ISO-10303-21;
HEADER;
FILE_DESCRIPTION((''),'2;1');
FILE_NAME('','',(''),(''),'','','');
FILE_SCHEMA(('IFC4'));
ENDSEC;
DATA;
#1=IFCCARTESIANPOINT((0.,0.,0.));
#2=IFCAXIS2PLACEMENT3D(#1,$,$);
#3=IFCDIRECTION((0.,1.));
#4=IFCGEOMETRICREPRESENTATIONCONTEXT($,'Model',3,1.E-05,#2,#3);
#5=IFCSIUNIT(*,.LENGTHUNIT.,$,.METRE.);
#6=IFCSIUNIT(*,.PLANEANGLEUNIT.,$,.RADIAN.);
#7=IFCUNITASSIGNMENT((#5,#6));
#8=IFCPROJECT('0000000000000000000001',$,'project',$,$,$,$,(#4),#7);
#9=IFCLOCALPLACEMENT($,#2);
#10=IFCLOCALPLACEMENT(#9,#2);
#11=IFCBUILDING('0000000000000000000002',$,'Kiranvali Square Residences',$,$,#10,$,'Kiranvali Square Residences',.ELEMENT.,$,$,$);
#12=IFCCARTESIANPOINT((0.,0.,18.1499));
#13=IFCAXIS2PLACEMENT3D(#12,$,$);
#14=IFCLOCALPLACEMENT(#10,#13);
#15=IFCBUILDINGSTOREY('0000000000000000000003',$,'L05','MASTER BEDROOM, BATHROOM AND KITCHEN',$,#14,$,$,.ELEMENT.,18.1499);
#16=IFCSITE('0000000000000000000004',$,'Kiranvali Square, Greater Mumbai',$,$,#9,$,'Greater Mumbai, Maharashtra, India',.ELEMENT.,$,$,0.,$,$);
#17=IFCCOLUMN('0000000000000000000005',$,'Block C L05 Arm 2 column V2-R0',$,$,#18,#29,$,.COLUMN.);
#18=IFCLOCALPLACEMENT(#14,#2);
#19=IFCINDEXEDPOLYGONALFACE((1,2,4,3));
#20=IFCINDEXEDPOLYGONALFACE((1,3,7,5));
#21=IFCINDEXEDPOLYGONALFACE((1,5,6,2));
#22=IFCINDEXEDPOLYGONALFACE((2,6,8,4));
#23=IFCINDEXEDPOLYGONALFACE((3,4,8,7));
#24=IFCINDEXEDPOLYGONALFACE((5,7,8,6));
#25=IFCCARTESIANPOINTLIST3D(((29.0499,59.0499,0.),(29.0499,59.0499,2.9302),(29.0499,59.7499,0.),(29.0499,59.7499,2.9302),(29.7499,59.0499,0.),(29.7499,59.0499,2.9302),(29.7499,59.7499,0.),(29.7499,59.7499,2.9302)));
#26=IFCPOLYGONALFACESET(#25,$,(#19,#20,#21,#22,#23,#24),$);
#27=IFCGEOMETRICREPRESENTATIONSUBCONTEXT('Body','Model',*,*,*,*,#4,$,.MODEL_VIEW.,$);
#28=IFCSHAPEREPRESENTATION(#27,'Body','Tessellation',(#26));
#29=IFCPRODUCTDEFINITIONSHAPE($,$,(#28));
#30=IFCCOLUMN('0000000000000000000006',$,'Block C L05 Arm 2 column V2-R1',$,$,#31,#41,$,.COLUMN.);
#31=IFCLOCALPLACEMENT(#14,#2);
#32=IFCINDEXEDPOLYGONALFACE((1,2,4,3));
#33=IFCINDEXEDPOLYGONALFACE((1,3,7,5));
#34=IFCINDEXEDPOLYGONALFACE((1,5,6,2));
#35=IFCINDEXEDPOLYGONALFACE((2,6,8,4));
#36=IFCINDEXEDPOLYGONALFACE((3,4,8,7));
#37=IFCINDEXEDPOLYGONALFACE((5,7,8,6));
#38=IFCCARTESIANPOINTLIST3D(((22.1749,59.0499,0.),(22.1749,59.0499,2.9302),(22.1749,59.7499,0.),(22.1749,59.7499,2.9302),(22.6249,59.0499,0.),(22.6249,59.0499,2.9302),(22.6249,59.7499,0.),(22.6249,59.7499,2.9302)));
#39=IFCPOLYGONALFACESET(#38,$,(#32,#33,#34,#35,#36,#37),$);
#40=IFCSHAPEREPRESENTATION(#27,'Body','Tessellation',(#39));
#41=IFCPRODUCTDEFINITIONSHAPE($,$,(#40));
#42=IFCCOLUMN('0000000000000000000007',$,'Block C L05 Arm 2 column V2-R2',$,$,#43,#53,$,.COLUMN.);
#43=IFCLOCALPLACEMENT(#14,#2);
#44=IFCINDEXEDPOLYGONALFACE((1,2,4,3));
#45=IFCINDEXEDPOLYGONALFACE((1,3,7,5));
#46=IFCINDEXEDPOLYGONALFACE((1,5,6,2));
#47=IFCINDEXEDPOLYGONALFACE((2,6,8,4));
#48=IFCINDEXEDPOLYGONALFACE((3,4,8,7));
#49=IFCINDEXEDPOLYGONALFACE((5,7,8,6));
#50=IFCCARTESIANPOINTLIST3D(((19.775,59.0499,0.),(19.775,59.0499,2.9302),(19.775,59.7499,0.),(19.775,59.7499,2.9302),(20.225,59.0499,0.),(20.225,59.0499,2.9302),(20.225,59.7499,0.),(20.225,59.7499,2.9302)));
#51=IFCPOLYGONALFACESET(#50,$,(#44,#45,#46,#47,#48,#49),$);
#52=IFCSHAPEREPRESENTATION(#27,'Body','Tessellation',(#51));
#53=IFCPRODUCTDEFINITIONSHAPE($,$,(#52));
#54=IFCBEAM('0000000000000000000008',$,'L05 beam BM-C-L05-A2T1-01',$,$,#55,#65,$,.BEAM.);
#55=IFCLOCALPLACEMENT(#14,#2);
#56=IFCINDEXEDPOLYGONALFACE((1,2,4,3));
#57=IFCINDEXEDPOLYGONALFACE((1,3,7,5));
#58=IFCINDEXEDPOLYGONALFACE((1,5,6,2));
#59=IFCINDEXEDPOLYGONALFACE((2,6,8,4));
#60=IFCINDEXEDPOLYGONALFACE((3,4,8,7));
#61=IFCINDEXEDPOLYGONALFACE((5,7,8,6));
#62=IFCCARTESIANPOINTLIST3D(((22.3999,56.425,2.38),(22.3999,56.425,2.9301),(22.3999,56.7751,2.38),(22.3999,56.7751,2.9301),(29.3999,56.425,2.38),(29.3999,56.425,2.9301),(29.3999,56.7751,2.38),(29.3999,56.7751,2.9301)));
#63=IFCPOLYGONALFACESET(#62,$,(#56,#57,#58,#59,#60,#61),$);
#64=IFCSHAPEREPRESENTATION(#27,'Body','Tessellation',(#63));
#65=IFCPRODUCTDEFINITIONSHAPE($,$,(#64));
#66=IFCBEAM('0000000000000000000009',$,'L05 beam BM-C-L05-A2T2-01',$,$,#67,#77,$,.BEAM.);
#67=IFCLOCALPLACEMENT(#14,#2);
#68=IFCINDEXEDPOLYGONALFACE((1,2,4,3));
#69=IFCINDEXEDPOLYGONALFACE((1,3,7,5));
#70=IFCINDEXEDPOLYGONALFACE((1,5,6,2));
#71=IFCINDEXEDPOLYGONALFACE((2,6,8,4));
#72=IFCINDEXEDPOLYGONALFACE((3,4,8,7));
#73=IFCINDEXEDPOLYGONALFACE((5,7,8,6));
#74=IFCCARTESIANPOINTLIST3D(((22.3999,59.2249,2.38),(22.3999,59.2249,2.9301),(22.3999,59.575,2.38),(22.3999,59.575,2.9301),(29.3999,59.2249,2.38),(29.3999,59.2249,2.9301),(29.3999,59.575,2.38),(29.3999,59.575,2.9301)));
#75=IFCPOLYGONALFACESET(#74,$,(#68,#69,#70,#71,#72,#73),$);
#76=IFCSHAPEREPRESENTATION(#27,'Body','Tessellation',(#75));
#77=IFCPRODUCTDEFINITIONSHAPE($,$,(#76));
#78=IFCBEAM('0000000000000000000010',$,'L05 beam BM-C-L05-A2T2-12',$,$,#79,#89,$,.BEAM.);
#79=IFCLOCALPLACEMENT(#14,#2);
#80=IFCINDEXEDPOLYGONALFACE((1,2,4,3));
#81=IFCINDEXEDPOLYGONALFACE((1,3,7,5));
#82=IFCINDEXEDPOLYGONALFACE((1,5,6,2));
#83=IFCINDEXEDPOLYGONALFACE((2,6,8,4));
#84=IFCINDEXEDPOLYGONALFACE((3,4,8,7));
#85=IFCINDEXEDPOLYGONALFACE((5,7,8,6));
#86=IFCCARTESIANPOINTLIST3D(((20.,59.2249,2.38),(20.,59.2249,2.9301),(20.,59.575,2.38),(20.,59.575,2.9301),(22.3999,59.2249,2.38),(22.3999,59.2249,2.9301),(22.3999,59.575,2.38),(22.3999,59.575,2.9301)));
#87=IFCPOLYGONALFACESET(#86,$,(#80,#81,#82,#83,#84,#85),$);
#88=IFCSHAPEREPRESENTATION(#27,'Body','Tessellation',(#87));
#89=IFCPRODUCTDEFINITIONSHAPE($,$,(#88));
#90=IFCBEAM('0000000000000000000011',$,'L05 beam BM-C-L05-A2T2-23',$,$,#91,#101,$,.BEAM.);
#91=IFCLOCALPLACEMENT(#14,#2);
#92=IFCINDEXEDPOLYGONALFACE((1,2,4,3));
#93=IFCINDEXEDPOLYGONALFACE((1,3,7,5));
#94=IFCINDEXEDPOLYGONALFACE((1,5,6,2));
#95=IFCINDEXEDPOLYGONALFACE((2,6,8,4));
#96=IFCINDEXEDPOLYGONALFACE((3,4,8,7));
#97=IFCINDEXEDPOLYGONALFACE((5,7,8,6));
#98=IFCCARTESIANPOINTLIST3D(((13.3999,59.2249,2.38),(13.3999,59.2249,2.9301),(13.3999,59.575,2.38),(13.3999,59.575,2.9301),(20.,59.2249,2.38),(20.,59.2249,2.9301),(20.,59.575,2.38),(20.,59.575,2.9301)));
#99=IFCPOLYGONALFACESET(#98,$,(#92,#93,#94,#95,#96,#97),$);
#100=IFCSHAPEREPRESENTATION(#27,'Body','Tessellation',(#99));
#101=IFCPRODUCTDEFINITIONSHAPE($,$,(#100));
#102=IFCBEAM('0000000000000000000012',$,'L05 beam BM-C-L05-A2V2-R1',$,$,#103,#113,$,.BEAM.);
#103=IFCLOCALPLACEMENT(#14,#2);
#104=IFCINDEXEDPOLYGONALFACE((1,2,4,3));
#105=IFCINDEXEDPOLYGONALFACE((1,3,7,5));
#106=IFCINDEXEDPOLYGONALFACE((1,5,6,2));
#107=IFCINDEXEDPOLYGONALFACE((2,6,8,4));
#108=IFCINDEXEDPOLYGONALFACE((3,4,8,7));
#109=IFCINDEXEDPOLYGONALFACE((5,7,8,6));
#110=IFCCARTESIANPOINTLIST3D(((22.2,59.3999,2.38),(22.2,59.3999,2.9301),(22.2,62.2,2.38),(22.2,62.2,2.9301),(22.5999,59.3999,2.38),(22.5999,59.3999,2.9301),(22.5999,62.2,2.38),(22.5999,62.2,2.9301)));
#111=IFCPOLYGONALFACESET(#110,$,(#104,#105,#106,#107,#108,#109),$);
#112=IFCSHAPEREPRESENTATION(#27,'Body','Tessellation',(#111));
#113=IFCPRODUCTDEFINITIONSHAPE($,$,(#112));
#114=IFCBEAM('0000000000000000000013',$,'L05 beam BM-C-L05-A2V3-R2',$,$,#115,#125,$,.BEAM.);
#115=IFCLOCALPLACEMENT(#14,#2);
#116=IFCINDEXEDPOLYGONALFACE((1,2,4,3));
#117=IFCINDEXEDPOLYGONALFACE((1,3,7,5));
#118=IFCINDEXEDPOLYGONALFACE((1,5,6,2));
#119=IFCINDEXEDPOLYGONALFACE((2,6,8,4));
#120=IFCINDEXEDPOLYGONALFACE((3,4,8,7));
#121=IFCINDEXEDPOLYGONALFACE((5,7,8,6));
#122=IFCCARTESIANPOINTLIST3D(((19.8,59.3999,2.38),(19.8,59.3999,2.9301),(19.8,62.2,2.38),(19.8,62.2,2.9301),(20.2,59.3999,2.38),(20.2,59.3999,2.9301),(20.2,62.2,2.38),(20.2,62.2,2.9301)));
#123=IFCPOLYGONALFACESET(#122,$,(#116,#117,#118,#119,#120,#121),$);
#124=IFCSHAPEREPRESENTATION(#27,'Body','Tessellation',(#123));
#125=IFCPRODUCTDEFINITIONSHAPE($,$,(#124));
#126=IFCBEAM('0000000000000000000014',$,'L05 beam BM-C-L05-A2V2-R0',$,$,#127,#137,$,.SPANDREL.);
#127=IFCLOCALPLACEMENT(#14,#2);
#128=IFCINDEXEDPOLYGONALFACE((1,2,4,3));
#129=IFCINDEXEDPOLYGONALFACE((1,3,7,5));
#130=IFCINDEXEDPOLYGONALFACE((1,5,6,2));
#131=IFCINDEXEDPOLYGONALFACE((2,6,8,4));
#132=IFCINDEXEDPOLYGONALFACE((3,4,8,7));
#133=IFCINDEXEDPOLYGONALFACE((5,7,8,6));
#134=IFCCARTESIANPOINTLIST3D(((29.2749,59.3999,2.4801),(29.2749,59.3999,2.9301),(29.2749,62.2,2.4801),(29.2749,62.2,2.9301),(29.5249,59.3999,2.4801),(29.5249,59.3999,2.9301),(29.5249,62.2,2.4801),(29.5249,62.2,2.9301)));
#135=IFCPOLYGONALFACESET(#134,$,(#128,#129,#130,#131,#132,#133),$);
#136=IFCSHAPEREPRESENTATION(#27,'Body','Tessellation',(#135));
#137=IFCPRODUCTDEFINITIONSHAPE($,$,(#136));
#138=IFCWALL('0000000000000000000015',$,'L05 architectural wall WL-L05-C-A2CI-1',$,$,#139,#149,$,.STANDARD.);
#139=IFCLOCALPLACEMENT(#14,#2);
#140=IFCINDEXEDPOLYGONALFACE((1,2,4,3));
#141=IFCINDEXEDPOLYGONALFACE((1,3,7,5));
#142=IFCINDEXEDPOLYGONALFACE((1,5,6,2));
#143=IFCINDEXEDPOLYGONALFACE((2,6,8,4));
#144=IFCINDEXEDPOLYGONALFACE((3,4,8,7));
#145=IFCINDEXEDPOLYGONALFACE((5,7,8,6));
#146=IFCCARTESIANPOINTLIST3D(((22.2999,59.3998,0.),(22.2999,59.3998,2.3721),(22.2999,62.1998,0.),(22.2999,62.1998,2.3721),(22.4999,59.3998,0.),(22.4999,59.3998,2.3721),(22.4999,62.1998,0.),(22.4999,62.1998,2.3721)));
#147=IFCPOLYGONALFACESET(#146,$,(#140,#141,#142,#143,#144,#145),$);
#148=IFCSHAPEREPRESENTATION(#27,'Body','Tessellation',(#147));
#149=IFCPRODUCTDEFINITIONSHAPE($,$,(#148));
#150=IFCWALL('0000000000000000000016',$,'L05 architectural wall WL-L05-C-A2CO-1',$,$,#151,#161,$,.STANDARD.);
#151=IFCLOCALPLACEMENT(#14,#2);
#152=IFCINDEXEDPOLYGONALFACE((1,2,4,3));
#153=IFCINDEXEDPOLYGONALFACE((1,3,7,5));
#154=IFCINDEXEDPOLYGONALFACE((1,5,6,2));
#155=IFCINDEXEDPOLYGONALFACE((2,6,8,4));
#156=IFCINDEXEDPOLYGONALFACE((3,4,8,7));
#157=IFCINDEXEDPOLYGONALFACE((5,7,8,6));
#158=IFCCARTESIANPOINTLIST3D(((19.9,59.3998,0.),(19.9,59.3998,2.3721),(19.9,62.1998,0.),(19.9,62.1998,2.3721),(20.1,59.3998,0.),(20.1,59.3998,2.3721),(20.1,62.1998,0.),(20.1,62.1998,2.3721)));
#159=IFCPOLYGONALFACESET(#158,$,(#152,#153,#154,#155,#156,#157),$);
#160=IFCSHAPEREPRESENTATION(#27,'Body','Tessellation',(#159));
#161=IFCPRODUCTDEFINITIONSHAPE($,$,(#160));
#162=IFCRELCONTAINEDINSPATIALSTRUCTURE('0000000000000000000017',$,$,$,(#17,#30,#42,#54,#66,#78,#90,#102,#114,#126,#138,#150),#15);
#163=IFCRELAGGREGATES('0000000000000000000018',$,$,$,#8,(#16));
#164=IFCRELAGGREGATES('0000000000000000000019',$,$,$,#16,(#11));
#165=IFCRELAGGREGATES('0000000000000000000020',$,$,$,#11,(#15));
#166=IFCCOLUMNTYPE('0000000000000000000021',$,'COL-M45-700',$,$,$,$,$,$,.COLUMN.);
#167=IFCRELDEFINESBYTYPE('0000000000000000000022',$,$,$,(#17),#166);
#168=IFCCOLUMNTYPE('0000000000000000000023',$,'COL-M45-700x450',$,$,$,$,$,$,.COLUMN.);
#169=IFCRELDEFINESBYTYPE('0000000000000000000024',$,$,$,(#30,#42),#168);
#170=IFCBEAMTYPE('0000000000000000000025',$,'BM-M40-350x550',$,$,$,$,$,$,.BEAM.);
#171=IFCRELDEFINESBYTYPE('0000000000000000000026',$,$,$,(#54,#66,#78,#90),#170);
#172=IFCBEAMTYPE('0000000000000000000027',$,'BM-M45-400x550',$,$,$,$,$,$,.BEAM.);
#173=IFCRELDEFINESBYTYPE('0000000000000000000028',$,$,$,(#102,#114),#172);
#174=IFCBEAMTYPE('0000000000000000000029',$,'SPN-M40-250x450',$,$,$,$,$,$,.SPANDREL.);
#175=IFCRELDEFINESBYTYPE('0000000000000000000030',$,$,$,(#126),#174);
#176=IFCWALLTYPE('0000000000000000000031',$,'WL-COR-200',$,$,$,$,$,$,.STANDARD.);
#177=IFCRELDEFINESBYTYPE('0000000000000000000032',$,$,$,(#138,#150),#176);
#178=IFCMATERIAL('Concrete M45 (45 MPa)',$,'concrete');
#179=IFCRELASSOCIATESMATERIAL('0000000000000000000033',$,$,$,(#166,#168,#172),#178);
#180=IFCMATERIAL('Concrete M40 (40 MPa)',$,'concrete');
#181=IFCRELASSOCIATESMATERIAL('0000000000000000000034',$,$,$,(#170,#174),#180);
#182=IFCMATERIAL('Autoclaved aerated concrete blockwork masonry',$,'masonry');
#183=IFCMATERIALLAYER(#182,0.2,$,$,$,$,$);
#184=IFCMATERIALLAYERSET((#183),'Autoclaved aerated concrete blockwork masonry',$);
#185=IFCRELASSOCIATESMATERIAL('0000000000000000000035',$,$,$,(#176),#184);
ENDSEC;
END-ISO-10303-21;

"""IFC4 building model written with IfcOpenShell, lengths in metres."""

from ifc_helpers import new_model, si_unit, direction, frame, frame_2d, origin, origin_2d, place, context, subcontext, project, spatial, rectangle, extrude, material, layer, layer_set, material_profile, profile_set, type_object, element, save


model = new_model("IFC4")

# Units and contexts
model_context = context("Model", 3, precision=1e-05, world=origin(), true_north=direction((0.0, 1.0)))
body_context = subcontext(model_context, "Body", "Model", "MODEL_VIEW")
ifc_project = project(units=[si_unit("LENGTHUNIT", "METRE"), si_unit("PLANEANGLEUNIT", "RADIAN")], contexts=[model_context])

# Site, building, storey
site_placement = place(None, origin())
site = spatial("IfcSite", under=ifc_project, at=site_placement, Name="Kiranvali Square, Greater Mumbai", LongName="Greater Mumbai, Maharashtra, India", CompositionType="ELEMENT", RefElevation=0.0)
building_placement = place(site_placement, origin())
building = spatial("IfcBuilding", under=site, at=building_placement, Name="Kiranvali Square Residences", LongName="Kiranvali Square Residences", CompositionType="ELEMENT")
storey_placement = place(building_placement, frame((0.0, 0.0, 18.1499)))
storey = spatial("IfcBuildingStorey", under=building, at=storey_placement, Name="L05", Description="MASTER BEDROOM, BATHROOM AND KITCHEN", CompositionType="ELEMENT", Elevation=18.1499)

# Columns
ifc_material_1 = material(Name="Concrete M45 (45 MPa)", Category="concrete")
ifc_material_profile_1 = material_profile(ifc_material_1, rectangle(XDim=0.7, YDim=0.7, at=origin_2d()), Name="RC 700x700")
ifc_profile_set_1 = profile_set([ifc_material_profile_1], Name="Concrete M45 (45 MPa)")
column_type_1 = type_object("IfcColumnType", Name="COL-M45-700", PredefinedType="COLUMN", material=ifc_profile_set_1)
column_placement = place(storey_placement, frame((29.3999, 59.3999, 0.0), z_axis=(0.0, 0.0, 1.0), x_axis=(1.0, 0.0, 0.0)))
element("IfcColumn", 1, at=column_placement, inside=storey, type_object=column_type_1, Name="Block C L05 Arm 2 column V2-R0", PredefinedType="COLUMN", context=body_context, shape_type="SweptSolid", body=[
    extrude(rectangle(XDim=0.7, YDim=0.7, at=origin_2d()), origin(), (0.0, 0.0, 1.0), 2.9302),
])
ifc_material_profile_2 = material_profile(ifc_material_1, rectangle(XDim=0.45, YDim=0.7, at=origin_2d()), Name="RC 700x450")
ifc_profile_set_2 = profile_set([ifc_material_profile_2], Name="Concrete M45 (45 MPa)")
column_type_2 = type_object("IfcColumnType", Name="COL-M45-700x450", PredefinedType="COLUMN", material=ifc_profile_set_2)
for number, where, z_axis, x_axis, name in (
    (2, (22.3999, 59.3999, 0.0), (0.0, 0.0, 1.0), (1.0, 0.0, 0.0), "Block C L05 Arm 2 column V2-R1"),
    (3, (20.0, 59.3999, 0.0), (0.0, 0.0, 1.0), (1.0, 0.0, 0.0), "Block C L05 Arm 2 column V2-R2"),
):
    element("IfcColumn", number, at=place(storey_placement, frame(where, z_axis=z_axis, x_axis=x_axis)), inside=storey, type_object=column_type_2, Name=name, PredefinedType="COLUMN", context=body_context, shape_type="SweptSolid", body=[
        extrude(rectangle(XDim=0.45, YDim=0.7, at=origin_2d()), origin(), (0.0, 0.0, 1.0), 2.9302),
    ])

# Beams
ifc_material_2 = material(Name="Concrete M40 (40 MPa)", Category="concrete")
ifc_material_profile_3 = material_profile(ifc_material_2, rectangle(XDim=0.3501, YDim=0.55, at=origin_2d()), Name="RC 350x550")
ifc_profile_set_3 = profile_set([ifc_material_profile_3], Name="Concrete M40 (40 MPa)")
beam_type_1 = type_object("IfcBeamType", Name="BM-M40-350x550", PredefinedType="BEAM", material=ifc_profile_set_3)
for number, where, z_axis, x_axis, name in (
    (4, (29.3999, 56.6001, 2.655), (-1.0, 0.0, 0.0), (0.0, -1.0, 0.0), "L05 beam BM-C-L05-A2T1-01"),
    (5, (29.3999, 59.3999, 2.655), (-1.0, 0.0, 0.0), (0.0, -1.0, 0.0), "L05 beam BM-C-L05-A2T2-01"),
):
    element("IfcBeam", number, at=place(storey_placement, frame(where, z_axis=z_axis, x_axis=x_axis)), inside=storey, type_object=beam_type_1, Name=name, PredefinedType="BEAM", context=body_context, shape_type="SweptSolid", body=[
        extrude(rectangle(XDim=0.3501, YDim=0.55, at=origin_2d()), origin(), (0.0, 0.0, 1.0), 7.0),
    ])
beam_1_placement = place(storey_placement, frame((22.3999, 59.3999, 2.655), z_axis=(-1.0, 0.0, 0.0), x_axis=(0.0, -1.0, 0.0)))
element("IfcBeam", 6, at=beam_1_placement, inside=storey, type_object=beam_type_1, Name="L05 beam BM-C-L05-A2T2-12", PredefinedType="BEAM", context=body_context, shape_type="SweptSolid", body=[
    extrude(rectangle(XDim=0.3501, YDim=0.55, at=origin_2d()), origin(), (0.0, 0.0, 1.0), 2.3999),
])
beam_2_placement = place(storey_placement, frame((20.0, 59.3999, 2.655), z_axis=(-1.0, 0.0, 0.0), x_axis=(0.0, -1.0, 0.0)))
element("IfcBeam", 7, at=beam_2_placement, inside=storey, type_object=beam_type_1, Name="L05 beam BM-C-L05-A2T2-23", PredefinedType="BEAM", context=body_context, shape_type="SweptSolid", body=[
    extrude(rectangle(XDim=0.3501, YDim=0.55, at=origin_2d()), origin(), (0.0, 0.0, 1.0), 6.6001),
])
ifc_material_profile_4 = material_profile(ifc_material_1, rectangle(XDim=0.3999, YDim=0.55, at=origin_2d()), Name="RC 400x550")
ifc_profile_set_4 = profile_set([ifc_material_profile_4], Name="Concrete M45 (45 MPa)")
beam_type_2 = type_object("IfcBeamType", Name="BM-M45-400x550", PredefinedType="BEAM", material=ifc_profile_set_4)
for number, where, z_axis, x_axis, name in (
    (8, (22.3999, 59.3999, 2.655), (0.0, 1.0, 0.0), (-1.0, 0.0, 0.0), "L05 beam BM-C-L05-A2V2-R1"),
    (9, (20.0, 59.3999, 2.655), (0.0, 1.0, 0.0), (-1.0, 0.0, 0.0), "L05 beam BM-C-L05-A2V3-R2"),
):
    element("IfcBeam", number, at=place(storey_placement, frame(where, z_axis=z_axis, x_axis=x_axis)), inside=storey, type_object=beam_type_2, Name=name, PredefinedType="BEAM", context=body_context, shape_type="SweptSolid", body=[
        extrude(rectangle(XDim=0.3999, YDim=0.55, at=origin_2d()), origin(), (0.0, 0.0, 1.0), 2.8),
    ])
ifc_material_profile_5 = material_profile(ifc_material_2, rectangle(XDim=0.25, YDim=0.45, at=origin_2d()), Name="RC 250x450")
ifc_profile_set_5 = profile_set([ifc_material_profile_5], Name="Concrete M40 (40 MPa)")
beam_type_3 = type_object("IfcBeamType", Name="SPN-M40-250x450", PredefinedType="SPANDREL", material=ifc_profile_set_5)
beam_3_placement = place(storey_placement, frame((29.3999, 59.3999, 2.7051), z_axis=(0.0, 1.0, 0.0), x_axis=(-1.0, 0.0, 0.0)))
element("IfcBeam", 10, at=beam_3_placement, inside=storey, type_object=beam_type_3, Name="L05 beam BM-C-L05-A2V2-R0", PredefinedType="SPANDREL", context=body_context, shape_type="SweptSolid", body=[
    extrude(rectangle(XDim=0.25, YDim=0.45, at=origin_2d()), origin(), (0.0, 0.0, 1.0), 2.8),
])

# Walls
ifc_material_3 = material(Name="Autoclaved aerated concrete blockwork masonry", Category="masonry")
ifc_layer_1 = layer(ifc_material_3, 0.2)
ifc_layer_set_1 = layer_set([ifc_layer_1], Name="Autoclaved aerated concrete blockwork masonry")
wall_type_1 = type_object("IfcWallType", Name="WL-COR-200", PredefinedType="STANDARD", material=ifc_layer_set_1)
for number, where, z_axis, x_axis, name in (
    (11, (22.3999, 59.3999, 0.0), (0.0, 0.0, 1.0), (0.0, 1.0, 0.0), "L05 architectural wall WL-L05-C-A2CI-1"),
    (12, (20.0, 59.3999, 0.0), (0.0, 0.0, 1.0), (0.0, 1.0, 0.0), "L05 architectural wall WL-L05-C-A2CO-1"),
):
    element("IfcWall", number, at=place(storey_placement, frame(where, z_axis=z_axis, x_axis=x_axis)), inside=storey, type_object=wall_type_1, Name=name, PredefinedType="STANDARD", context=body_context, shape_type="SweptSolid", body=[
        extrude(rectangle(XDim=2.8, YDim=0.2, at=frame_2d((1.3999, 0.0))), origin(), (0.0, 0.0, 1.0), 2.3721),
    ])

save(model, "model.ifc")
